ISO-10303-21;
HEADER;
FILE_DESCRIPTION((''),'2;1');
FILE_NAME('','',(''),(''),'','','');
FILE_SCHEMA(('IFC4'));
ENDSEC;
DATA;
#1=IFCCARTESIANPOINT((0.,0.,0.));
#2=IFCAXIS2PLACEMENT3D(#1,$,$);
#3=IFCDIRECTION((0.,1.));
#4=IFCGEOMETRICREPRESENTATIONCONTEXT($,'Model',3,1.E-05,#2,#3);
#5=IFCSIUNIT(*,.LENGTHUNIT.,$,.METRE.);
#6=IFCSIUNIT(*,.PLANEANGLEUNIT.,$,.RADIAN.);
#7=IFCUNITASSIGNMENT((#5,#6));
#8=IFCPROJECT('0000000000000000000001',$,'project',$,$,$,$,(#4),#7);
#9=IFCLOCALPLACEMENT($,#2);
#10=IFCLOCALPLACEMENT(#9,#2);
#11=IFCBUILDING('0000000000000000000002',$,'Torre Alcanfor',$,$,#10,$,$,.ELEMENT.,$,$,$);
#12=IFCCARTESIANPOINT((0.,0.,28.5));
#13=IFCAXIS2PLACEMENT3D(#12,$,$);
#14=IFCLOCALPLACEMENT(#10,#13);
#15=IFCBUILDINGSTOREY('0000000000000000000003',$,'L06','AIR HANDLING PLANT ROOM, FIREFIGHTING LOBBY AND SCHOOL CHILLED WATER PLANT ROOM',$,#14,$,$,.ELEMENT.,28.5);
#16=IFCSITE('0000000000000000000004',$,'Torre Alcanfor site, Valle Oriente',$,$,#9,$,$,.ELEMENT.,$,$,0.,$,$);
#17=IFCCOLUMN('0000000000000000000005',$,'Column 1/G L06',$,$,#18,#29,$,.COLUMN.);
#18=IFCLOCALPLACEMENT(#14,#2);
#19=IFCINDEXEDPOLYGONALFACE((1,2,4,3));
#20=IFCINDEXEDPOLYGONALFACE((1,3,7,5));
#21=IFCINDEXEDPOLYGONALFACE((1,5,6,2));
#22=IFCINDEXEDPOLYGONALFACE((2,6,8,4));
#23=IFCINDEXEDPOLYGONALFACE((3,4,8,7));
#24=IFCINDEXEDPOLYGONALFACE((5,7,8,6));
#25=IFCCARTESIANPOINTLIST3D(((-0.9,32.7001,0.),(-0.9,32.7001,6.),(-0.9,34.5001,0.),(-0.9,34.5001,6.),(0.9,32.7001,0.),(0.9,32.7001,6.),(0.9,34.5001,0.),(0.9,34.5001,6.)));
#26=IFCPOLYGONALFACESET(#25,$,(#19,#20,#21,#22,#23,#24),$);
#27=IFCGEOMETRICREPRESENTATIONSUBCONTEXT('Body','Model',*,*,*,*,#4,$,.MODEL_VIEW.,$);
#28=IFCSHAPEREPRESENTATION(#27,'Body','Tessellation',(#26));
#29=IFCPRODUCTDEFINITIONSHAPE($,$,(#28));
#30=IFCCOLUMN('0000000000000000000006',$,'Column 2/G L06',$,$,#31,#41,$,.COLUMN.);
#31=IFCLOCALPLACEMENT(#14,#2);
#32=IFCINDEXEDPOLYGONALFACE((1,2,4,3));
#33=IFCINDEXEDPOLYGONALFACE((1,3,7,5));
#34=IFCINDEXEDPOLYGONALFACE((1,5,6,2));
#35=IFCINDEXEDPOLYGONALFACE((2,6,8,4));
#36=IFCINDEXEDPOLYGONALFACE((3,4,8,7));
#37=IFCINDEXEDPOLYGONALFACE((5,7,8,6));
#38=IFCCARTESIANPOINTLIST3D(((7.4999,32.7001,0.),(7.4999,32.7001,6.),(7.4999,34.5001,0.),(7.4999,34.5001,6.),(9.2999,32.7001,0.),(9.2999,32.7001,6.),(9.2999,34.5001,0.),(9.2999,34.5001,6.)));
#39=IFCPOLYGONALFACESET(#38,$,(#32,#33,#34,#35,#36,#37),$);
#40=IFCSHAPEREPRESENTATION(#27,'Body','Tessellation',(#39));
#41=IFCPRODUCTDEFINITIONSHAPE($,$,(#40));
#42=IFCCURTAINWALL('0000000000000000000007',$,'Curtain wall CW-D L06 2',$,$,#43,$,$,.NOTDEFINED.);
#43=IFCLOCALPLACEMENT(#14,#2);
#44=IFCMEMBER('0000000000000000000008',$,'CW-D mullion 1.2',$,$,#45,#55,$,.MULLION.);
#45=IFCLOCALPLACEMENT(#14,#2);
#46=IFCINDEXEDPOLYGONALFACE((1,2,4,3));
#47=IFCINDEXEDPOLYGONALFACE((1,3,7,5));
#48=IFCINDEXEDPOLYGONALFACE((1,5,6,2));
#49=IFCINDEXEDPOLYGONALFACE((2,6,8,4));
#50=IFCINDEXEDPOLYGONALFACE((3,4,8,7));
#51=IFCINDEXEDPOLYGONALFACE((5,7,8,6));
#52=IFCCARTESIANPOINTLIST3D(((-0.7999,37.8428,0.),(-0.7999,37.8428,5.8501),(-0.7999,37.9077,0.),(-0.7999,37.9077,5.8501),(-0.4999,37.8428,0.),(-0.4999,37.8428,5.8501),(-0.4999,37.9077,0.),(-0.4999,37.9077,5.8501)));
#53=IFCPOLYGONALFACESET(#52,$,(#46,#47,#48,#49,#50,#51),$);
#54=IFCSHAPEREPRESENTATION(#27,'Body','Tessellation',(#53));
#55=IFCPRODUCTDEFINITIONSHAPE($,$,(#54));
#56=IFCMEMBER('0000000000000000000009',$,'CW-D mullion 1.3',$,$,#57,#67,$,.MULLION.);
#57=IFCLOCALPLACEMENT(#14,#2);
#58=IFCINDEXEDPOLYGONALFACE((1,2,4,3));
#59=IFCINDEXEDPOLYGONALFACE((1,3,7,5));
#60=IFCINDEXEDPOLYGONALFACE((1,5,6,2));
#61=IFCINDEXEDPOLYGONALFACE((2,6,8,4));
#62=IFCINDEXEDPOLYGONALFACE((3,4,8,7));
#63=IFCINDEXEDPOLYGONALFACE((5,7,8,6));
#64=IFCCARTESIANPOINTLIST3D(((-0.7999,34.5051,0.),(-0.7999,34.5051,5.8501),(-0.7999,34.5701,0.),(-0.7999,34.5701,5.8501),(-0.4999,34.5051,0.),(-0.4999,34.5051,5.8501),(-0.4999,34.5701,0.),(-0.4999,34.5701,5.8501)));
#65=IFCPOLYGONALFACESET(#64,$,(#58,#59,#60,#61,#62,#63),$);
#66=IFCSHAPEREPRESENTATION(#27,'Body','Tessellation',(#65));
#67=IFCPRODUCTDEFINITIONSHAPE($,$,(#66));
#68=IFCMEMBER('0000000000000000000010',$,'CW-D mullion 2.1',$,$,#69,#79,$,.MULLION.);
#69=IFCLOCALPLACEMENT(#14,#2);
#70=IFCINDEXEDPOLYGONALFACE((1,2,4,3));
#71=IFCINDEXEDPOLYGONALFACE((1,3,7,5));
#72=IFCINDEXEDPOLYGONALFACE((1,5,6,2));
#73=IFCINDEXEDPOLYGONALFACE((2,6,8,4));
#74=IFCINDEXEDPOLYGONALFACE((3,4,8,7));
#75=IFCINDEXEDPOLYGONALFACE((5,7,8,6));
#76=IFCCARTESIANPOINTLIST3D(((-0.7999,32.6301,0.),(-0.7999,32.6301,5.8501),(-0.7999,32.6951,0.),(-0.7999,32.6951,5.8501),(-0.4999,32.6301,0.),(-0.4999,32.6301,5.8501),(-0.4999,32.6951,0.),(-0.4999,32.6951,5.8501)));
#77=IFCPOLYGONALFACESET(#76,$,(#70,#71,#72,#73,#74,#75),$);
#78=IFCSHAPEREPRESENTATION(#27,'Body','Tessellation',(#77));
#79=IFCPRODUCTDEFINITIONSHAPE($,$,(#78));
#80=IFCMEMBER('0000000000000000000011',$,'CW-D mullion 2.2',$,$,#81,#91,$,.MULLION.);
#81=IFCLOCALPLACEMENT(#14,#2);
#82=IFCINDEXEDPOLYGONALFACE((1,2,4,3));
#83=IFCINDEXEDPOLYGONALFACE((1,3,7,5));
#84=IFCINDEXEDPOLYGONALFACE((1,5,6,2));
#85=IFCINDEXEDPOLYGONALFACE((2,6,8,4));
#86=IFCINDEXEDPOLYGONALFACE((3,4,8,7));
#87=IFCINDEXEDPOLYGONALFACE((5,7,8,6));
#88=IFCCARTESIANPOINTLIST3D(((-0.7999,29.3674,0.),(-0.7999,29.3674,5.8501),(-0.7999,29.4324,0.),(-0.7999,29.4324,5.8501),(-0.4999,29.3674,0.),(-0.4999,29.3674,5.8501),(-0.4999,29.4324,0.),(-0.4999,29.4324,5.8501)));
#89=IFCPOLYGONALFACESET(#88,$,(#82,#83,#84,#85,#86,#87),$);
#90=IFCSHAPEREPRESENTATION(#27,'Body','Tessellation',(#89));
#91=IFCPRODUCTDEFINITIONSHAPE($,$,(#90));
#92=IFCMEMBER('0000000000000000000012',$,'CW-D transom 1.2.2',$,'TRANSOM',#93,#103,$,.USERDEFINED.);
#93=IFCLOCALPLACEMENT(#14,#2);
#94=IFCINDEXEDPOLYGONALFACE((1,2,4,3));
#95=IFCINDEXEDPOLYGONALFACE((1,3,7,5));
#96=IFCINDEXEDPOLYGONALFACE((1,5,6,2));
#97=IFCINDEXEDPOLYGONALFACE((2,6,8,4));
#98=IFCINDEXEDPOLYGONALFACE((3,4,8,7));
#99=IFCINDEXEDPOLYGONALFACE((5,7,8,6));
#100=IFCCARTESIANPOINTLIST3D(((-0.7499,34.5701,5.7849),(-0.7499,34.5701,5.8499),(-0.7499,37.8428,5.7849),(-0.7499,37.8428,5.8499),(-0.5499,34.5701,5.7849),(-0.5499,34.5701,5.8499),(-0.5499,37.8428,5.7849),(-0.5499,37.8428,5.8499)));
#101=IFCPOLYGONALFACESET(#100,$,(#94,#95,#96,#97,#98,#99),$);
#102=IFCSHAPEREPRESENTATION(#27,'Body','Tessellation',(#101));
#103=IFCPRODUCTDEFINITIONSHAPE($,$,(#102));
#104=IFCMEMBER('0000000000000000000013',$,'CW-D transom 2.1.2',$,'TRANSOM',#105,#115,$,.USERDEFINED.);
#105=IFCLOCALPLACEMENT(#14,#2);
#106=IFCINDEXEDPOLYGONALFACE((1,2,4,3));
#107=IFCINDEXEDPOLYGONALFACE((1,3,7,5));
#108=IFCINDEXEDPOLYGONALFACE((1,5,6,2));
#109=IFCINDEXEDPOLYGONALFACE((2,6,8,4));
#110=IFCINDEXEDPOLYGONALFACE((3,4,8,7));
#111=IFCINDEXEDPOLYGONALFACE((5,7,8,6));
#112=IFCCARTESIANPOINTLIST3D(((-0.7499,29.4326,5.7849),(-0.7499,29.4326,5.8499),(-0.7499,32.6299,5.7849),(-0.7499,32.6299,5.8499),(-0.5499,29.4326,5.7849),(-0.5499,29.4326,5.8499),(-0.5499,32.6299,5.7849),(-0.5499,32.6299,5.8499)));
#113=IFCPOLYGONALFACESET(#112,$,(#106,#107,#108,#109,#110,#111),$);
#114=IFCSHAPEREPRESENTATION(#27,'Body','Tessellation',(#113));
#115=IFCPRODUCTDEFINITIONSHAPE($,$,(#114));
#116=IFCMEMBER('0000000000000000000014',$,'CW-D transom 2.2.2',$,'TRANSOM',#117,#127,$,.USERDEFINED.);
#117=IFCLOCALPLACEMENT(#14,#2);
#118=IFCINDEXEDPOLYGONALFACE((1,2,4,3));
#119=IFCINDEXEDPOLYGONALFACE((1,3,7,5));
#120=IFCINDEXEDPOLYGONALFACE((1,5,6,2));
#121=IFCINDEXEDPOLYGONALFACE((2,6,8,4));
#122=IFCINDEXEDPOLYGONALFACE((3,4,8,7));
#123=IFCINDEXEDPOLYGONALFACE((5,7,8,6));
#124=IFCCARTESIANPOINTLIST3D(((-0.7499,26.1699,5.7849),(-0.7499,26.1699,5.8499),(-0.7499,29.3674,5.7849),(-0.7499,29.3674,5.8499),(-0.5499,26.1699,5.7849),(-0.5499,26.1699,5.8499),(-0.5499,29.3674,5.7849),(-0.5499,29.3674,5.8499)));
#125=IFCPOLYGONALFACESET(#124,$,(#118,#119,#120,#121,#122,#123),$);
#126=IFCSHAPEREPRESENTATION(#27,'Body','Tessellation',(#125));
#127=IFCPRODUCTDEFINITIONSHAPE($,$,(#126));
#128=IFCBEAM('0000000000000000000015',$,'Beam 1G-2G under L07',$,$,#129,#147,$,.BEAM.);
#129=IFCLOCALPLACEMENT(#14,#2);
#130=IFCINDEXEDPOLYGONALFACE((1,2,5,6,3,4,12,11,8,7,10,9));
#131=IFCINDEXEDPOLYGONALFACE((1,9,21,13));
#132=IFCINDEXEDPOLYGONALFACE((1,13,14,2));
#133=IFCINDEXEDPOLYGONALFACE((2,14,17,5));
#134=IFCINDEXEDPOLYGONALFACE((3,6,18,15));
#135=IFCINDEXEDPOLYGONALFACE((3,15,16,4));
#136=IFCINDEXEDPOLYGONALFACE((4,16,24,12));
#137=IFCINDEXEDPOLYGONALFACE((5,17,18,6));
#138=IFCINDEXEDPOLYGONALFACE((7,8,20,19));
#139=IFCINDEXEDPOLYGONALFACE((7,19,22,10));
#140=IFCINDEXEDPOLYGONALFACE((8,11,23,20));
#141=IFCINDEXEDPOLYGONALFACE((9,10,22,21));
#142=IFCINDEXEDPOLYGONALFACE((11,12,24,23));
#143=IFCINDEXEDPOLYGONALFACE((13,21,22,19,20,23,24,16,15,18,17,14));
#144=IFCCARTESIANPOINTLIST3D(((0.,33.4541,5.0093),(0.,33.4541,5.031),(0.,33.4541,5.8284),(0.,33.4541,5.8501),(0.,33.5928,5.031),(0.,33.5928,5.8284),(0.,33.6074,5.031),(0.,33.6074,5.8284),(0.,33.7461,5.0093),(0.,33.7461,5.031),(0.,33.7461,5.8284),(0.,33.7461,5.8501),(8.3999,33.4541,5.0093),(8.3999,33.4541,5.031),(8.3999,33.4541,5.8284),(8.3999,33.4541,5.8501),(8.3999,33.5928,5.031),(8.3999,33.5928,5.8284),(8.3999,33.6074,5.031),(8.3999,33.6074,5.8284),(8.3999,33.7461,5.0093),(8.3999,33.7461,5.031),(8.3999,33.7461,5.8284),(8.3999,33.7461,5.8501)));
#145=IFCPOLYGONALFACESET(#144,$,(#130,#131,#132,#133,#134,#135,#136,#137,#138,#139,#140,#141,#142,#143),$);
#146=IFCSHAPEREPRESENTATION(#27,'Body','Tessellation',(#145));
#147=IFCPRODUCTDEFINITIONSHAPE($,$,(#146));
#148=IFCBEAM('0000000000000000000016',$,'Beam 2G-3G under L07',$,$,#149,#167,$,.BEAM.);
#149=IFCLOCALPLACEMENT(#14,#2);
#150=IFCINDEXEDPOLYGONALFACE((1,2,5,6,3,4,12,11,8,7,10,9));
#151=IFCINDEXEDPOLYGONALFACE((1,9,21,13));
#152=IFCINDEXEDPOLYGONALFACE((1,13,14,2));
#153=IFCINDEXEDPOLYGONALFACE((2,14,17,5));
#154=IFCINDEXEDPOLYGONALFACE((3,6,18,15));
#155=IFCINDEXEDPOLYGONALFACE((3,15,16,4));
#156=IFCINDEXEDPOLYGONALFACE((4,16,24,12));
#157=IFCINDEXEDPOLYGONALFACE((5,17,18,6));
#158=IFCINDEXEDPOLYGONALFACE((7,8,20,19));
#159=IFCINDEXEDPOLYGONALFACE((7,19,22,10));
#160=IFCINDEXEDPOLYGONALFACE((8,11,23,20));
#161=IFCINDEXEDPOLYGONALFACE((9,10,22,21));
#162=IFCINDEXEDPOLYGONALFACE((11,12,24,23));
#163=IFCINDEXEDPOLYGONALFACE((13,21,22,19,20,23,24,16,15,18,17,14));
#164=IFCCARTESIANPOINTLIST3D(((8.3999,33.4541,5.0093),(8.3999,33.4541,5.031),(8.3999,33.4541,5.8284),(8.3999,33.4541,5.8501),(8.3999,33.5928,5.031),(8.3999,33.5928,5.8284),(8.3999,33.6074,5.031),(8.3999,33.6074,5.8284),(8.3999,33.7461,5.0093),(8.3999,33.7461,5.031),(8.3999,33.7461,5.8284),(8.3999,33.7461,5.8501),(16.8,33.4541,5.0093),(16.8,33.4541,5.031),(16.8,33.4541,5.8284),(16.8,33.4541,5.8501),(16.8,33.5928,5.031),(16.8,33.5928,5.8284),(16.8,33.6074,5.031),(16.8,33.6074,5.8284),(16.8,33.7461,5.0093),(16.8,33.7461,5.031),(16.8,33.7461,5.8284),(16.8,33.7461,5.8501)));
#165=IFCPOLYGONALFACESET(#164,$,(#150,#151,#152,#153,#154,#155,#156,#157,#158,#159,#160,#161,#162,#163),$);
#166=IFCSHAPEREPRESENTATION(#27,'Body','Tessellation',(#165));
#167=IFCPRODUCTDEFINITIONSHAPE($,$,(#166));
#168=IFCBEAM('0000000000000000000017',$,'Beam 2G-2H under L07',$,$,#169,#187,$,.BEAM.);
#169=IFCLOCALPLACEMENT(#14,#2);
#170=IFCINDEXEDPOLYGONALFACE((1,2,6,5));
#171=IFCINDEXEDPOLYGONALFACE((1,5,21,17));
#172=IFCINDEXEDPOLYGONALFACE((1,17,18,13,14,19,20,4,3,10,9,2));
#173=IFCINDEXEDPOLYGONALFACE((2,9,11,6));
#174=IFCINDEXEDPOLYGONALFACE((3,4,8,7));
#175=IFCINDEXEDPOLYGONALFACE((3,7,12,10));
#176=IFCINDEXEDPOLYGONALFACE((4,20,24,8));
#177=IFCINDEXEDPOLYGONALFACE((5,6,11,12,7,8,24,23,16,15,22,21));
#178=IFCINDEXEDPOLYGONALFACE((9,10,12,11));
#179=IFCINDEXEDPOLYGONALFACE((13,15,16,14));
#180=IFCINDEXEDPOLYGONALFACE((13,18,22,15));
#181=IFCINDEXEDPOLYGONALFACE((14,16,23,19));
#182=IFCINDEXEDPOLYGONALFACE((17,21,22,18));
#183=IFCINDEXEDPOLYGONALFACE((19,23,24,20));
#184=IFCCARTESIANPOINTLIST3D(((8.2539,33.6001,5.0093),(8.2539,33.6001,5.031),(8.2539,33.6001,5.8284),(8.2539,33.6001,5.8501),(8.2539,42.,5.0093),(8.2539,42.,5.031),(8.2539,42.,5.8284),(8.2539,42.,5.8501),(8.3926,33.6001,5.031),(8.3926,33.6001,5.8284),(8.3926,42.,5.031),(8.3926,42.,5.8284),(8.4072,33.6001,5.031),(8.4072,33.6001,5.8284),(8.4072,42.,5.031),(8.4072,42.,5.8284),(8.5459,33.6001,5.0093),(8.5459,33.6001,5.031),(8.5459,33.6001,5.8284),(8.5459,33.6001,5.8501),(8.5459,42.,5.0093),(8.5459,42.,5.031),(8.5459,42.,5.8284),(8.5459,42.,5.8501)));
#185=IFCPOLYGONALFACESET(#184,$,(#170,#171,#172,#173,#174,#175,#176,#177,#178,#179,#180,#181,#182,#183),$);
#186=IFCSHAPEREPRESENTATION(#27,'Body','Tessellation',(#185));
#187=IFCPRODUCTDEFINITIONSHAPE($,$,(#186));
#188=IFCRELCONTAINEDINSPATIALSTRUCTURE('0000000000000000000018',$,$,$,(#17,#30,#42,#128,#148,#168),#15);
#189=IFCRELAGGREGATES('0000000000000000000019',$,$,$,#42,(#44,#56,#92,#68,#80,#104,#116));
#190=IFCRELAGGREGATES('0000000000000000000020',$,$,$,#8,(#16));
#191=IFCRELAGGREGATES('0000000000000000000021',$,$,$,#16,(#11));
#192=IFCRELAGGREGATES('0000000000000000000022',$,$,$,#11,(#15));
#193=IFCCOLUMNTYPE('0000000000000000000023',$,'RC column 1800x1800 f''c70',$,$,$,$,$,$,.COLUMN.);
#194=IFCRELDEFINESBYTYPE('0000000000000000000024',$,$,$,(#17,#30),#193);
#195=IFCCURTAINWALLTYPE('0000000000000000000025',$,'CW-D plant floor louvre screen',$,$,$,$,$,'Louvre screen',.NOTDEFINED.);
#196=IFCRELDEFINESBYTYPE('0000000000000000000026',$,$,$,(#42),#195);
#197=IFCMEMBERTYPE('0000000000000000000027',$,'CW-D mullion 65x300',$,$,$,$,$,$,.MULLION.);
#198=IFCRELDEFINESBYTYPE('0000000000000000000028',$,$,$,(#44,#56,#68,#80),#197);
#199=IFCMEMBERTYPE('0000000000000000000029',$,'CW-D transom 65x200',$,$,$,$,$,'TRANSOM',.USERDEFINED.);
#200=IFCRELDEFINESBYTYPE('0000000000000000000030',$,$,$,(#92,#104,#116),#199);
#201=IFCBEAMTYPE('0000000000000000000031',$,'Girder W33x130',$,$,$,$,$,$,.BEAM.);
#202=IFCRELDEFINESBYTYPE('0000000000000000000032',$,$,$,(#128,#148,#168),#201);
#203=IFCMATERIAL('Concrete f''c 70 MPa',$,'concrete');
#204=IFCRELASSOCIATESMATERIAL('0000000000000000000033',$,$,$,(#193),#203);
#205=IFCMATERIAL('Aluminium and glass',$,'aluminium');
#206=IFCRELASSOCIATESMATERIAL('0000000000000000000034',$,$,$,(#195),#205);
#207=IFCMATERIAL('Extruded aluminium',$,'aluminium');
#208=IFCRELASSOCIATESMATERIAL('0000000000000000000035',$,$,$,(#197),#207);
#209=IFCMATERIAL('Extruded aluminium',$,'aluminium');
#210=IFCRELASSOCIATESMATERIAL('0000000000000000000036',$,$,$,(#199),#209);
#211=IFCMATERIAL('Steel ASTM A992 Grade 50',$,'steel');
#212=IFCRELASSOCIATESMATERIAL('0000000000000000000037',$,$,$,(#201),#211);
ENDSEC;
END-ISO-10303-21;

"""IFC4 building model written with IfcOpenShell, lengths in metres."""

from ifc_helpers import new_model, si_unit, direction, frame, origin, origin_2d, place, context, subcontext, project, spatial, rectangle, i_section, extrude, material, material_profile, profile_set, type_object, element, aggregate, save


model = new_model("IFC4")

# Units and contexts
model_context = context("Model", 3, precision=1e-05, world=origin(), true_north=direction((0.0, 1.0)))
body_context = subcontext(model_context, "Body", "Model", "MODEL_VIEW")
ifc_project = project(units=[si_unit("LENGTHUNIT", "METRE"), si_unit("PLANEANGLEUNIT", "RADIAN")], contexts=[model_context])

# Site, building, storey
site_placement = place(None, origin())
site = spatial("IfcSite", under=ifc_project, at=site_placement, Name="Torre Alcanfor site, Valle Oriente", CompositionType="ELEMENT", RefElevation=0.0)
building_placement = place(site_placement, origin())
building = spatial("IfcBuilding", under=site, at=building_placement, Name="Torre Alcanfor", CompositionType="ELEMENT")
storey_placement = place(building_placement, frame((0.0, 0.0, 28.5)))
storey = spatial("IfcBuildingStorey", under=building, at=storey_placement, Name="L06", Description="AIR HANDLING PLANT ROOM, FIREFIGHTING LOBBY AND SCHOOL CHILLED WATER PLANT ROOM", CompositionType="ELEMENT", Elevation=28.5)

# Columns
ifc_material_1 = material(Name="Concrete f'c 70 MPa", Category="concrete")
ifc_material_profile_1 = material_profile(ifc_material_1, rectangle(XDim=1.8, YDim=1.8, at=origin_2d()), Name="1800x1800")
ifc_profile_set_1 = profile_set([ifc_material_profile_1], Name="Concrete f'c 70 MPa")
column_type = type_object("IfcColumnType", Name="RC column 1800x1800 f'c70", PredefinedType="COLUMN", material=ifc_profile_set_1)
for number, where, z_axis, x_axis, name in (
    (1, (0.0, 33.6001, 0.0), (0.0, 0.0, 1.0), (1.0, 0.0, 0.0), "Column 1/G L06"),
    (2, (8.3999, 33.6001, 0.0), (0.0, 0.0, 1.0), (1.0, 0.0, 0.0), "Column 2/G L06"),
):
    element("IfcColumn", number, at=place(storey_placement, frame(where, z_axis=z_axis, x_axis=x_axis)), inside=storey, type_object=column_type, Name=name, PredefinedType="COLUMN", context=body_context, shape_type="SweptSolid", body=[
        extrude(rectangle(XDim=1.8, YDim=1.8, at=origin_2d()), origin(), (0.0, 0.0, 1.0), 6.0),
    ])

# Curtain wall, members
ifc_material_2 = material(Name="Aluminium and glass", Category="aluminium")
curtain_wall_type = type_object("IfcCurtainWallType", Name="CW-D plant floor louvre screen", ElementType="Louvre screen", PredefinedType="NOTDEFINED", material=ifc_material_2)
curtain_wall_placement = place(storey_placement, origin())
curtain_wall = element("IfcCurtainWall", 3, at=curtain_wall_placement, inside=storey, type_object=curtain_wall_type, Name="Curtain wall CW-D L06 2", PredefinedType="NOTDEFINED")
ifc_material_3 = material(Name="Extruded aluminium", Category="aluminium")
ifc_material_profile_2 = material_profile(ifc_material_3, rectangle(XDim=0.3, YDim=0.0649, at=origin_2d()), Name="CW-D mullion 65x300")
ifc_profile_set_2 = profile_set([ifc_material_profile_2], Name="Extruded aluminium")
member_type_1 = type_object("IfcMemberType", Name="CW-D mullion 65x300", PredefinedType="MULLION", material=ifc_profile_set_2)
member_1_placement = place(storey_placement, frame((-0.6499, 37.8752, 0.0), z_axis=(0.0, 0.0, 1.0), x_axis=(1.0, 0.0, 0.0)))
member_1 = element("IfcMember", 4, at=member_1_placement, type_object=member_type_1, Name="CW-D mullion 1.2", PredefinedType="MULLION", context=body_context, shape_type="SweptSolid", body=[
    extrude(rectangle(XDim=0.3, YDim=0.0649, at=origin_2d()), origin(), (0.0, 0.0, 1.0), 5.8501),
])
member_2_placement = place(storey_placement, frame((-0.6499, 34.5376, 0.0), z_axis=(0.0, 0.0, 1.0), x_axis=(1.0, 0.0, 0.0)))
member_2 = element("IfcMember", 5, at=member_2_placement, type_object=member_type_1, Name="CW-D mullion 1.3", PredefinedType="MULLION", context=body_context, shape_type="SweptSolid", body=[
    extrude(rectangle(XDim=0.3, YDim=0.0649, at=origin_2d()), origin(), (0.0, 0.0, 1.0), 5.8501),
])
member_3_placement = place(storey_placement, frame((-0.6499, 32.6626, 0.0), z_axis=(0.0, 0.0, 1.0), x_axis=(1.0, 0.0, 0.0)))
member_3 = element("IfcMember", 6, at=member_3_placement, type_object=member_type_1, Name="CW-D mullion 2.1", PredefinedType="MULLION", context=body_context, shape_type="SweptSolid", body=[
    extrude(rectangle(XDim=0.3, YDim=0.0649, at=origin_2d()), origin(), (0.0, 0.0, 1.0), 5.8501),
])
member_4_placement = place(storey_placement, frame((-0.6499, 29.3999, 0.0), z_axis=(0.0, 0.0, 1.0), x_axis=(1.0, 0.0, 0.0)))
member_4 = element("IfcMember", 7, at=member_4_placement, type_object=member_type_1, Name="CW-D mullion 2.2", PredefinedType="MULLION", context=body_context, shape_type="SweptSolid", body=[
    extrude(rectangle(XDim=0.3, YDim=0.0649, at=origin_2d()), origin(), (0.0, 0.0, 1.0), 5.8501),
])
ifc_material_4 = material(Name="Extruded aluminium", Category="aluminium")
ifc_material_profile_3 = material_profile(ifc_material_4, rectangle(XDim=0.2, YDim=0.0649, at=origin_2d()), Name="CW-D transom 200x65")
ifc_profile_set_3 = profile_set([ifc_material_profile_3], Name="Extruded aluminium")
member_type_2 = type_object("IfcMemberType", Name="CW-D transom 65x200", ElementType="TRANSOM", PredefinedType="USERDEFINED", material=ifc_profile_set_3)
member_5_placement = place(storey_placement, frame((-0.6499, 37.8428, 5.8174), z_axis=(0.0, -1.0, 0.0), x_axis=(1.0, 0.0, 0.0)))
member_5 = element("IfcMember", 8, at=member_5_placement, type_object=member_type_2, Name="CW-D transom 1.2.2", ObjectType="TRANSOM", PredefinedType="USERDEFINED", context=body_context, shape_type="SweptSolid", body=[
    extrude(rectangle(XDim=0.2, YDim=0.0649, at=origin_2d()), origin(), (0.0, 0.0, 1.0), 3.2727),
])
member_6_placement = place(storey_placement, frame((-0.6499, 32.6299, 5.8174), z_axis=(0.0, -1.0, 0.0), x_axis=(1.0, 0.0, 0.0)))
member_6 = element("IfcMember", 9, at=member_6_placement, type_object=member_type_2, Name="CW-D transom 2.1.2", ObjectType="TRANSOM", PredefinedType="USERDEFINED", context=body_context, shape_type="SweptSolid", body=[
    extrude(rectangle(XDim=0.2, YDim=0.0649, at=origin_2d()), origin(), (0.0, 0.0, 1.0), 3.1973),
])
member_7_placement = place(storey_placement, frame((-0.6499, 29.3674, 5.8174), z_axis=(0.0, -1.0, 0.0), x_axis=(1.0, 0.0, 0.0)))
member_7 = element("IfcMember", 10, at=member_7_placement, type_object=member_type_2, Name="CW-D transom 2.2.2", ObjectType="TRANSOM", PredefinedType="USERDEFINED", context=body_context, shape_type="SweptSolid", body=[
    extrude(rectangle(XDim=0.2, YDim=0.0649, at=origin_2d()), origin(), (0.0, 0.0, 1.0), 3.1975),
])

# Beams
ifc_material_5 = material(Name="Steel ASTM A992 Grade 50", Category="steel")
ifc_material_profile_4 = material_profile(ifc_material_5, i_section(OverallWidth=0.292, OverallDepth=0.8408, WebThickness=0.0146, FlangeThickness=0.0217, at=origin_2d()), Name="W33x130")
ifc_profile_set_4 = profile_set([ifc_material_profile_4], Name="Steel ASTM A992 Grade 50")
beam_type_1 = type_object("IfcBeamType", Name="Girder W33x130", PredefinedType="BEAM", material=ifc_profile_set_4)
beam_1_placement = place(storey_placement, frame((0.0, 33.6001, 5.4297), z_axis=(1.0, 0.0, 0.0), x_axis=(0.0, 1.0, 0.0)))
element("IfcBeam", 11, at=beam_1_placement, inside=storey, type_object=beam_type_1, Name="Beam 1G-2G under L07", PredefinedType="BEAM", context=body_context, shape_type="SweptSolid", body=[
    extrude(i_section(OverallWidth=0.292, OverallDepth=0.8408, WebThickness=0.0146, FlangeThickness=0.0217, at=origin_2d()), origin(), (0.0, 0.0, 1.0), 8.3999),
])
beam_2_placement = place(storey_placement, frame((8.3999, 33.6001, 5.4297), z_axis=(1.0, 0.0, 0.0), x_axis=(0.0, 1.0, 0.0)))
element("IfcBeam", 12, at=beam_2_placement, inside=storey, type_object=beam_type_1, Name="Beam 2G-3G under L07", PredefinedType="BEAM", context=body_context, shape_type="SweptSolid", body=[
    extrude(i_section(OverallWidth=0.292, OverallDepth=0.8408, WebThickness=0.0146, FlangeThickness=0.0217, at=origin_2d()), origin(), (0.0, 0.0, 1.0), 8.4001),
])
beam_3_placement = place(storey_placement, frame((8.3999, 33.6001, 5.4297), z_axis=(0.0, 1.0, 0.0), x_axis=(-1.0, 0.0, 0.0)))
element("IfcBeam", 13, at=beam_3_placement, inside=storey, type_object=beam_type_1, Name="Beam 2G-2H under L07", PredefinedType="BEAM", context=body_context, shape_type="SweptSolid", body=[
    extrude(i_section(OverallWidth=0.292, OverallDepth=0.8408, WebThickness=0.0146, FlangeThickness=0.0217, at=origin_2d()), origin(), (0.0, 0.0, 1.0), 8.3999),
])

aggregate(curtain_wall, [member_1, member_2, member_5, member_3, member_4, member_6, member_7])

save(model, "model.ifc")
